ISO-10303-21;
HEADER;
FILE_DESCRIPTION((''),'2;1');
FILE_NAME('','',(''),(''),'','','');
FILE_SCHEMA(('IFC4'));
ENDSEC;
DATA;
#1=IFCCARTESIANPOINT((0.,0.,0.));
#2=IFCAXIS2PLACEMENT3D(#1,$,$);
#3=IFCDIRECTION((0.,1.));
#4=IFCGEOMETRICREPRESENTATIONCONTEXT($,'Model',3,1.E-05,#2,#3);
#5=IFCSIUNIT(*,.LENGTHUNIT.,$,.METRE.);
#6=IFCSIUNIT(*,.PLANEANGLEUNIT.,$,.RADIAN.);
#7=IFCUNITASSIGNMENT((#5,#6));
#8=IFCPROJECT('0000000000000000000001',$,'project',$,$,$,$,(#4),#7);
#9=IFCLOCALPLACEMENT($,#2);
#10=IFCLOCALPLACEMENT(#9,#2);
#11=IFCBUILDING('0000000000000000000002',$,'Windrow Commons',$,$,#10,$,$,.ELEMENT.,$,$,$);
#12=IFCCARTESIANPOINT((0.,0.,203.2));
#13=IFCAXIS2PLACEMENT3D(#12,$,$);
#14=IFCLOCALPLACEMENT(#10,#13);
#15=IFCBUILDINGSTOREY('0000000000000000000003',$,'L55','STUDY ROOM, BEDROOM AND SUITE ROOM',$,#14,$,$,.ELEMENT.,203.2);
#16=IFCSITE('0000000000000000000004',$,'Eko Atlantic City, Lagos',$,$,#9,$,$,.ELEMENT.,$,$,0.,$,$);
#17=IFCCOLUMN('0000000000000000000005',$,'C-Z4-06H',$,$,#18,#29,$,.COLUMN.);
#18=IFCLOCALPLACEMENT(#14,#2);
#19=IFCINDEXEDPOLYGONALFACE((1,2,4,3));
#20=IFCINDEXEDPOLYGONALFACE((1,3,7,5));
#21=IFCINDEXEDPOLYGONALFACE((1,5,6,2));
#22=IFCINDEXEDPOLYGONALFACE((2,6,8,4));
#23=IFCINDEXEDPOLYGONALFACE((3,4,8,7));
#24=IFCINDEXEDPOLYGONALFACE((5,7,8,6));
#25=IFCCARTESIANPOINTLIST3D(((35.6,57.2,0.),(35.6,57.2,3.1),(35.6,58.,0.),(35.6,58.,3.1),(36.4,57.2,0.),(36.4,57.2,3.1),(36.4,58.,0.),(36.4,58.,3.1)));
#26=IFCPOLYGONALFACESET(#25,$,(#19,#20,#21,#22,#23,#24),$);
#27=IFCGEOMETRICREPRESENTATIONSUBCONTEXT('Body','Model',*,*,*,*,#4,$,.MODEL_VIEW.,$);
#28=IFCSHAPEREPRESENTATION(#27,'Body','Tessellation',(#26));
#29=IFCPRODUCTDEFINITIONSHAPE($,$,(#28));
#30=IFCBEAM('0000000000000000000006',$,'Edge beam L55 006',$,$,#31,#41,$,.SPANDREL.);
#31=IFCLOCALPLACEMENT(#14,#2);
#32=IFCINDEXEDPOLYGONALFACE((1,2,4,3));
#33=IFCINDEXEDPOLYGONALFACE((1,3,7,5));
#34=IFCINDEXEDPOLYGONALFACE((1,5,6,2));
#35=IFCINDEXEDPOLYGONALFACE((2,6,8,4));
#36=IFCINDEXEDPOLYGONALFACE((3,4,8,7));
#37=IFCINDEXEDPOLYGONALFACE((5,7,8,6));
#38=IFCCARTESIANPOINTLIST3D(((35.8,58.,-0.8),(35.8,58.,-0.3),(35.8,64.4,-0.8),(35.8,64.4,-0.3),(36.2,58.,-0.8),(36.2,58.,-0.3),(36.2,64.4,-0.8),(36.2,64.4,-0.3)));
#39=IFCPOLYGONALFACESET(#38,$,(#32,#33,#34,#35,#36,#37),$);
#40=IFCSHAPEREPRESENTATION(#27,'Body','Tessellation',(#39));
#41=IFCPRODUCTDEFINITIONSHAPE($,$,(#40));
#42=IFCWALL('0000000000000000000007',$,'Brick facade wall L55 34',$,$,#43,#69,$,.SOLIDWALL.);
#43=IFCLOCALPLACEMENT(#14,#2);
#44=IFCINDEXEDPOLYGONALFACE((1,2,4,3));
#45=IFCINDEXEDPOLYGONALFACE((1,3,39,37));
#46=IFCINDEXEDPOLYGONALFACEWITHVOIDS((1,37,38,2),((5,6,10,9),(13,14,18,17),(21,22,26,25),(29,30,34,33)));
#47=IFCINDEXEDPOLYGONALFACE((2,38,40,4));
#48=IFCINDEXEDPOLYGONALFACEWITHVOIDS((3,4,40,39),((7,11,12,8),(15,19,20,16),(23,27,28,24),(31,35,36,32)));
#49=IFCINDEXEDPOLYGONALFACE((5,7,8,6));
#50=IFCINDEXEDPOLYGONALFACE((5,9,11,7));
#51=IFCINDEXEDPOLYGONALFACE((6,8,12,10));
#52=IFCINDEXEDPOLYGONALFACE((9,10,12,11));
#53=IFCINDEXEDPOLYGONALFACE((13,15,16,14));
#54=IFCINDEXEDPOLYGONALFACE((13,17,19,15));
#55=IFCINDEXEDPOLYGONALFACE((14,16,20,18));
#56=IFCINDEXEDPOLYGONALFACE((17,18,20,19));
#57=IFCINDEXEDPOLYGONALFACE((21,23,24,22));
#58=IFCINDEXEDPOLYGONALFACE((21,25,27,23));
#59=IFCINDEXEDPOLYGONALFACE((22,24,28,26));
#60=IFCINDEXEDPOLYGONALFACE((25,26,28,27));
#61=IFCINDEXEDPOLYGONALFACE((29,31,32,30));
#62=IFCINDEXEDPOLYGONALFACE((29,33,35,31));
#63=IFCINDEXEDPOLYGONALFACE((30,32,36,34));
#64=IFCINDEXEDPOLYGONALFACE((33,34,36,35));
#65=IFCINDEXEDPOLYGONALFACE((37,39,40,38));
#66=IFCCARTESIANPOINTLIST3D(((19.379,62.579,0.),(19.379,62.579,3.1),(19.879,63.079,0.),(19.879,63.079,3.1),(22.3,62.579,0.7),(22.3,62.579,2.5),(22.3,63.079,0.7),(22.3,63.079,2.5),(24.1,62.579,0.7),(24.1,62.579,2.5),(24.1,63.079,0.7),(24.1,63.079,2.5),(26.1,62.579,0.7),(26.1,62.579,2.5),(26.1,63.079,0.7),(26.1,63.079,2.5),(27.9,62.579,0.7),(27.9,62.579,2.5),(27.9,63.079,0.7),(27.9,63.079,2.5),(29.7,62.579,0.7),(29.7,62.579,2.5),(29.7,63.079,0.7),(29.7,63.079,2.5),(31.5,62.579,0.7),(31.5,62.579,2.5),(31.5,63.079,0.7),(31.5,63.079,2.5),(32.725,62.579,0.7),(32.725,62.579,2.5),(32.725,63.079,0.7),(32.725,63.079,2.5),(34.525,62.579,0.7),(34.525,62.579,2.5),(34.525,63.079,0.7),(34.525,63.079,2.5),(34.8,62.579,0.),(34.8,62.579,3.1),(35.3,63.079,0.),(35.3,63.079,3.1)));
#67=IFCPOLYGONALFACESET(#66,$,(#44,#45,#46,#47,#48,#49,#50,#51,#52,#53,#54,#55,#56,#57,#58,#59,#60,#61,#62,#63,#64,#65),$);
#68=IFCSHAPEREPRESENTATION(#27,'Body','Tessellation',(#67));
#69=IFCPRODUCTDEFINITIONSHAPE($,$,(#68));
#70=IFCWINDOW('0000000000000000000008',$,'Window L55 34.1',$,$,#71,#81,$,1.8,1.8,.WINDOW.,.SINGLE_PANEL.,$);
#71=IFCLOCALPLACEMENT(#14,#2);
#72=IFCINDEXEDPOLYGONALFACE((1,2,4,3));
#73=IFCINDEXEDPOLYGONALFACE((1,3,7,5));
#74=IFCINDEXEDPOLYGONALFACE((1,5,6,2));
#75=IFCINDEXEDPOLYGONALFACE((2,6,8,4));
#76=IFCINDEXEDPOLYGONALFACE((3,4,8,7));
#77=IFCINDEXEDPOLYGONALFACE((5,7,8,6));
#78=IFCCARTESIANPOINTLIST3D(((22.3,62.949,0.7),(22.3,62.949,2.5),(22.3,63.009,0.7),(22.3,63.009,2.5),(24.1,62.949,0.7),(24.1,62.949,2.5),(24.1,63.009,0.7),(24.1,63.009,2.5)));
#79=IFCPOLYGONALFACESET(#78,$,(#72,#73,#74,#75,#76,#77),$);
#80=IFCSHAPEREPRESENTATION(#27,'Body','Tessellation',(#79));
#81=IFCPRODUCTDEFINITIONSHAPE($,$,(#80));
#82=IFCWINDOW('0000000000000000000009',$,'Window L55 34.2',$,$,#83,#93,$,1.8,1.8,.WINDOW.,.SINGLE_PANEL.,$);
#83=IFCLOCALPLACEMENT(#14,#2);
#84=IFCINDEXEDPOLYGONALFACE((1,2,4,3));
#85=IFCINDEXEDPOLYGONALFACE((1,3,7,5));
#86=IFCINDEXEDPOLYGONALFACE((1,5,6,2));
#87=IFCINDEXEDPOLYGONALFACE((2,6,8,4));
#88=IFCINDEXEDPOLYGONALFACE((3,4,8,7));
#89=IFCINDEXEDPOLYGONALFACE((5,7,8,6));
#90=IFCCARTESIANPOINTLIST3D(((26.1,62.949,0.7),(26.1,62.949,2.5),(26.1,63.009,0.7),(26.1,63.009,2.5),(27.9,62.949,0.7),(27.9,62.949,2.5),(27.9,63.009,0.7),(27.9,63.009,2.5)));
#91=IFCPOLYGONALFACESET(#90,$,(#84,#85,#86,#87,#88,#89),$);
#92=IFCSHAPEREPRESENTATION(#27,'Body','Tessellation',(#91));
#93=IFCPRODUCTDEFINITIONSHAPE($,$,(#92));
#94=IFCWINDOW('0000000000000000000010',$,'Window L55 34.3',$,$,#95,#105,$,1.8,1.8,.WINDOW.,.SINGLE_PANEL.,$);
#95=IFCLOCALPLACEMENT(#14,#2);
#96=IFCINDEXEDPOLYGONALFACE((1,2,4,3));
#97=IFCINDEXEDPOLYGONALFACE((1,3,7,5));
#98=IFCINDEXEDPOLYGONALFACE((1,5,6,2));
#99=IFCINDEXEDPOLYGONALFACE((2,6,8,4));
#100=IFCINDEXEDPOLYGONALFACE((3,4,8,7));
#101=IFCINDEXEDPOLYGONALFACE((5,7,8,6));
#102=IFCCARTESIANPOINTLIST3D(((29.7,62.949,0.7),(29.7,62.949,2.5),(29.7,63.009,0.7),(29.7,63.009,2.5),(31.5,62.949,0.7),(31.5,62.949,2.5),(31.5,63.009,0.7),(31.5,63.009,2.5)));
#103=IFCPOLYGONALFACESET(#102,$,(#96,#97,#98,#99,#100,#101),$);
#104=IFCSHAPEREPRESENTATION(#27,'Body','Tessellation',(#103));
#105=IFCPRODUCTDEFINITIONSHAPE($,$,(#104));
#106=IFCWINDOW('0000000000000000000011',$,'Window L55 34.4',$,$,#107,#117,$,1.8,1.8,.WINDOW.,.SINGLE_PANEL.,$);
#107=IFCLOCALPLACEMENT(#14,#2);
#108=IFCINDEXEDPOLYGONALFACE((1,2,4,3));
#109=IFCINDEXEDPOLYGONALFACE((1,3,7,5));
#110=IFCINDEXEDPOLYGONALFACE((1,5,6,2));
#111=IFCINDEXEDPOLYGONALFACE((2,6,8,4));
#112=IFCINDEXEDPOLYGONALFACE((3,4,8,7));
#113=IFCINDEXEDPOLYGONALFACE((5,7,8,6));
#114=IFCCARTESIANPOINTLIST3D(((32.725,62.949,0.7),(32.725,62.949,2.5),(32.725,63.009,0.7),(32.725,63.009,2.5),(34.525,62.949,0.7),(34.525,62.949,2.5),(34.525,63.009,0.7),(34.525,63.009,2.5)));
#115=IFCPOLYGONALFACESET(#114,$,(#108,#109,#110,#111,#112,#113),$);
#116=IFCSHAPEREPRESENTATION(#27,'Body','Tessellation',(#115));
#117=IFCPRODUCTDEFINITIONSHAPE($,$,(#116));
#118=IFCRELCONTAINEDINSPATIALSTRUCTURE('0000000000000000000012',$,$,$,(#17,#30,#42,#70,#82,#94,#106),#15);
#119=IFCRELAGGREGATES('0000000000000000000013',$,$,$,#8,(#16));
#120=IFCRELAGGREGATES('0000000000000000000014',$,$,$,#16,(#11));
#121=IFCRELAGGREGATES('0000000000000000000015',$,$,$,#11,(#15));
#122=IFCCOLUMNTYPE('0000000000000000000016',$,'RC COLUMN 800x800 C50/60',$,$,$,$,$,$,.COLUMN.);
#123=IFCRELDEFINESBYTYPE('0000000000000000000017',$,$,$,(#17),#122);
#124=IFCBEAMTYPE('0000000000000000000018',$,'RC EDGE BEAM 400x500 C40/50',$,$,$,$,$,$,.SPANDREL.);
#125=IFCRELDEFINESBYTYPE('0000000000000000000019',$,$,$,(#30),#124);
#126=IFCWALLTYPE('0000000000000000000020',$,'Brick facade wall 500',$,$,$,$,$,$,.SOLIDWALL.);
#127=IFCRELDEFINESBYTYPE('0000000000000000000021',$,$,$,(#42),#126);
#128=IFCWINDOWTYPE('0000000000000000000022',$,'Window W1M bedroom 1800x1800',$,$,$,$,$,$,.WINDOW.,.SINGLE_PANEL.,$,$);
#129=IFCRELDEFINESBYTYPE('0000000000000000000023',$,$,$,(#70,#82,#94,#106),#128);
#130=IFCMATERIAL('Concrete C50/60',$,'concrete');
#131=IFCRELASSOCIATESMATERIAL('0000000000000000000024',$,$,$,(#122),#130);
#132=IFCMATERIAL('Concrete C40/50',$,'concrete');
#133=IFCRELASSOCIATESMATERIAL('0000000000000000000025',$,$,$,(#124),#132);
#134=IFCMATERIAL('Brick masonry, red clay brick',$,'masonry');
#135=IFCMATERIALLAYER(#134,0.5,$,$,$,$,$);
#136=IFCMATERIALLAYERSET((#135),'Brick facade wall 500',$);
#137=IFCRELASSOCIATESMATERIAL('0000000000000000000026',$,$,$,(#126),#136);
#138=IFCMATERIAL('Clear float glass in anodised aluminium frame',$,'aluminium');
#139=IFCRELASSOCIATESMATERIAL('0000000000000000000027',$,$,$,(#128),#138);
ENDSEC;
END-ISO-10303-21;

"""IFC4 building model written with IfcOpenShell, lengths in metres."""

from ifc_helpers import new_model, si_unit, direction, frame, frame_2d, origin, origin_2d, place, context, subcontext, project, spatial, polyline, rectangle, outline, extrude, material, layer, layer_set, material_profile, profile_set, type_object, element, fill, save


model = new_model("IFC4")

# Units and contexts
model_context = context("Model", 3, precision=1e-05, world=origin(), true_north=direction((0.0, 1.0)))
body_context = subcontext(model_context, "Body", "Model", "MODEL_VIEW")
ifc_project = project(units=[si_unit("LENGTHUNIT", "METRE"), si_unit("PLANEANGLEUNIT", "RADIAN")], contexts=[model_context])

# Site, building, storey
site_placement = place(None, origin())
site = spatial("IfcSite", under=ifc_project, at=site_placement, Name="Eko Atlantic City, Lagos", CompositionType="ELEMENT", RefElevation=0.0)
building_placement = place(site_placement, origin())
building = spatial("IfcBuilding", under=site, at=building_placement, Name="Windrow Commons", CompositionType="ELEMENT")
storey_placement = place(building_placement, frame((0.0, 0.0, 203.2)))
storey = spatial("IfcBuildingStorey", under=building, at=storey_placement, Name="L55", Description="STUDY ROOM, BEDROOM AND SUITE ROOM", CompositionType="ELEMENT", Elevation=203.2)

# Column
ifc_material_1 = material(Name="Concrete C50/60", Category="concrete")
ifc_material_profile_1 = material_profile(ifc_material_1, rectangle(XDim=0.8, YDim=0.8, at=origin_2d()))
ifc_profile_set_1 = profile_set([ifc_material_profile_1], Name="Concrete C50/60")
column_type = type_object("IfcColumnType", Name="RC COLUMN 800x800 C50/60", PredefinedType="COLUMN", material=ifc_profile_set_1)
column_placement = place(storey_placement, frame((36.0, 57.6, 0.0), z_axis=(0.0, 0.0, 1.0), x_axis=(1.0, 0.0, 0.0)))
element("IfcColumn", 1, at=column_placement, inside=storey, type_object=column_type, Name="C-Z4-06H", PredefinedType="COLUMN", context=body_context, shape_type="SweptSolid", body=[
    extrude(rectangle(XDim=0.8, YDim=0.8, at=origin_2d()), origin(), (0.0, 0.0, 1.0), 3.1),
])

# Beam
ifc_material_2 = material(Name="Concrete C40/50", Category="concrete")
ifc_material_profile_2 = material_profile(ifc_material_2, rectangle(XDim=0.4, YDim=0.5, at=origin_2d()))
ifc_profile_set_2 = profile_set([ifc_material_profile_2], Name="Concrete C40/50")
beam_type = type_object("IfcBeamType", Name="RC EDGE BEAM 400x500 C40/50", PredefinedType="SPANDREL", material=ifc_profile_set_2)
beam_placement = place(storey_placement, frame((36.0, 58.0, -0.55), z_axis=(0.0, 1.0, 0.0), x_axis=(-1.0, 0.0, 0.0)))
element("IfcBeam", 2, at=beam_placement, inside=storey, type_object=beam_type, Name="Edge beam L55 006", PredefinedType="SPANDREL", context=body_context, shape_type="SweptSolid", body=[
    extrude(rectangle(XDim=0.4, YDim=0.5, at=origin_2d()), origin(), (0.0, 0.0, 1.0), 6.4),
])

# Wall, openings, windows
ifc_material_3 = material(Name="Brick masonry, red clay brick", Category="masonry")
ifc_layer_1 = layer(ifc_material_3, 0.5)
ifc_layer_set_1 = layer_set([ifc_layer_1], Name="Brick facade wall 500")
wall_type_1 = type_object("IfcWallType", Name="Brick facade wall 500", PredefinedType="SOLIDWALL", material=ifc_layer_set_1)
wall_1_placement = place(storey_placement, frame((19.629, 62.829, 0.0), z_axis=(0.0, 0.0, 1.0), x_axis=(1.0, 0.0, 0.0)))
wall_1 = element("IfcWall", 3, at=wall_1_placement, inside=storey, type_object=wall_type_1, Name="Brick facade wall L55 34", PredefinedType="SOLIDWALL", context=body_context, shape_type="SweptSolid", body=[
    extrude(outline(polyline([(-0.25, -0.25), (15.171, -0.25), (15.671, 0.25), (0.25, 0.25), (-0.25, -0.25)])), origin(), (0.0, 0.0, 1.0), 3.1),
])
opening_1_placement = place(wall_1_placement, frame((2.671, 0.0, 0.7)))
opening_1 = element("IfcOpeningElement", 4, at=opening_1_placement, cuts=wall_1, PredefinedType="OPENING", context=body_context, shape_type="SweptSolid", body=[
    extrude(rectangle(XDim=1.8, YDim=1.8, at=frame_2d((0.9, 0.9))), frame((0.0, 0.26, 0.0), z_axis=(0.0, -1.0, 0.0), x_axis=(1.0, 0.0, 0.0)), (0.0, 0.0, 1.0), 0.52),
])
opening_2_placement = place(wall_1_placement, frame((6.471, 0.0, 0.7)))
opening_2 = element("IfcOpeningElement", 5, at=opening_2_placement, cuts=wall_1, PredefinedType="OPENING", context=body_context, shape_type="SweptSolid", body=[
    extrude(rectangle(XDim=1.8, YDim=1.8, at=frame_2d((0.9, 0.9))), frame((0.0, 0.26, 0.0), z_axis=(0.0, -1.0, 0.0), x_axis=(1.0, 0.0, 0.0)), (0.0, 0.0, 1.0), 0.52),
])
opening_3_placement = place(wall_1_placement, frame((10.071, 0.0, 0.7)))
opening_3 = element("IfcOpeningElement", 6, at=opening_3_placement, cuts=wall_1, PredefinedType="OPENING", context=body_context, shape_type="SweptSolid", body=[
    extrude(rectangle(XDim=1.8, YDim=1.8, at=frame_2d((0.9, 0.9))), frame((0.0, 0.26, 0.0), z_axis=(0.0, -1.0, 0.0), x_axis=(1.0, 0.0, 0.0)), (0.0, 0.0, 1.0), 0.52),
])
opening_4_placement = place(wall_1_placement, frame((13.096, 0.0, 0.7)))
opening_4 = element("IfcOpeningElement", 7, at=opening_4_placement, cuts=wall_1, PredefinedType="OPENING", context=body_context, shape_type="SweptSolid", body=[
    extrude(rectangle(XDim=1.8, YDim=1.8, at=frame_2d((0.9, 0.9))), frame((0.0, 0.26, 0.0), z_axis=(0.0, -1.0, 0.0), x_axis=(1.0, 0.0, 0.0)), (0.0, 0.0, 1.0), 0.52),
])
ifc_material_4 = material(Name="Clear float glass in anodised aluminium frame", Category="aluminium")
window_type_1 = type_object("IfcWindowType", Name="Window W1M bedroom 1800x1800", PartitioningType="SINGLE_PANEL", PredefinedType="WINDOW", material=ifc_material_4)
window_1_placement = place(opening_1_placement, origin())
window_1 = element("IfcWindow", 8, at=window_1_placement, inside=storey, type_object=window_type_1, Name="Window L55 34.1", OverallHeight=1.8, OverallWidth=1.8, PartitioningType="SINGLE_PANEL", PredefinedType="WINDOW", context=body_context, shape_type="SweptSolid", body=[
    extrude(rectangle(XDim=1.8, YDim=1.8, at=frame_2d((0.9, 0.9))), frame((0.0, 0.18, 0.0), z_axis=(0.0, -1.0, 0.0), x_axis=(1.0, 0.0, 0.0)), (0.0, 0.0, 1.0), 0.06),
])
fill(opening_1, window_1)
window_2_placement = place(opening_2_placement, origin())
window_2 = element("IfcWindow", 9, at=window_2_placement, inside=storey, type_object=window_type_1, Name="Window L55 34.2", OverallHeight=1.8, OverallWidth=1.8, PartitioningType="SINGLE_PANEL", PredefinedType="WINDOW", context=body_context, shape_type="SweptSolid", body=[
    extrude(rectangle(XDim=1.8, YDim=1.8, at=frame_2d((0.9, 0.9))), frame((0.0, 0.18, 0.0), z_axis=(0.0, -1.0, 0.0), x_axis=(1.0, 0.0, 0.0)), (0.0, 0.0, 1.0), 0.06),
])
fill(opening_2, window_2)
window_3_placement = place(opening_3_placement, origin())
window_3 = element("IfcWindow", 10, at=window_3_placement, inside=storey, type_object=window_type_1, Name="Window L55 34.3", OverallHeight=1.8, OverallWidth=1.8, PartitioningType="SINGLE_PANEL", PredefinedType="WINDOW", context=body_context, shape_type="SweptSolid", body=[
    extrude(rectangle(XDim=1.8, YDim=1.8, at=frame_2d((0.9, 0.9))), frame((0.0, 0.18, 0.0), z_axis=(0.0, -1.0, 0.0), x_axis=(1.0, 0.0, 0.0)), (0.0, 0.0, 1.0), 0.06),
])
fill(opening_3, window_3)
window_4_placement = place(opening_4_placement, origin())
window_4 = element("IfcWindow", 11, at=window_4_placement, inside=storey, type_object=window_type_1, Name="Window L55 34.4", OverallHeight=1.8, OverallWidth=1.8, PartitioningType="SINGLE_PANEL", PredefinedType="WINDOW", context=body_context, shape_type="SweptSolid", body=[
    extrude(rectangle(XDim=1.8, YDim=1.8, at=frame_2d((0.9, 0.9))), frame((0.0, 0.18, 0.0), z_axis=(0.0, -1.0, 0.0), x_axis=(1.0, 0.0, 0.0)), (0.0, 0.0, 1.0), 0.06),
])
fill(opening_4, window_4)

save(model, "model.ifc")
